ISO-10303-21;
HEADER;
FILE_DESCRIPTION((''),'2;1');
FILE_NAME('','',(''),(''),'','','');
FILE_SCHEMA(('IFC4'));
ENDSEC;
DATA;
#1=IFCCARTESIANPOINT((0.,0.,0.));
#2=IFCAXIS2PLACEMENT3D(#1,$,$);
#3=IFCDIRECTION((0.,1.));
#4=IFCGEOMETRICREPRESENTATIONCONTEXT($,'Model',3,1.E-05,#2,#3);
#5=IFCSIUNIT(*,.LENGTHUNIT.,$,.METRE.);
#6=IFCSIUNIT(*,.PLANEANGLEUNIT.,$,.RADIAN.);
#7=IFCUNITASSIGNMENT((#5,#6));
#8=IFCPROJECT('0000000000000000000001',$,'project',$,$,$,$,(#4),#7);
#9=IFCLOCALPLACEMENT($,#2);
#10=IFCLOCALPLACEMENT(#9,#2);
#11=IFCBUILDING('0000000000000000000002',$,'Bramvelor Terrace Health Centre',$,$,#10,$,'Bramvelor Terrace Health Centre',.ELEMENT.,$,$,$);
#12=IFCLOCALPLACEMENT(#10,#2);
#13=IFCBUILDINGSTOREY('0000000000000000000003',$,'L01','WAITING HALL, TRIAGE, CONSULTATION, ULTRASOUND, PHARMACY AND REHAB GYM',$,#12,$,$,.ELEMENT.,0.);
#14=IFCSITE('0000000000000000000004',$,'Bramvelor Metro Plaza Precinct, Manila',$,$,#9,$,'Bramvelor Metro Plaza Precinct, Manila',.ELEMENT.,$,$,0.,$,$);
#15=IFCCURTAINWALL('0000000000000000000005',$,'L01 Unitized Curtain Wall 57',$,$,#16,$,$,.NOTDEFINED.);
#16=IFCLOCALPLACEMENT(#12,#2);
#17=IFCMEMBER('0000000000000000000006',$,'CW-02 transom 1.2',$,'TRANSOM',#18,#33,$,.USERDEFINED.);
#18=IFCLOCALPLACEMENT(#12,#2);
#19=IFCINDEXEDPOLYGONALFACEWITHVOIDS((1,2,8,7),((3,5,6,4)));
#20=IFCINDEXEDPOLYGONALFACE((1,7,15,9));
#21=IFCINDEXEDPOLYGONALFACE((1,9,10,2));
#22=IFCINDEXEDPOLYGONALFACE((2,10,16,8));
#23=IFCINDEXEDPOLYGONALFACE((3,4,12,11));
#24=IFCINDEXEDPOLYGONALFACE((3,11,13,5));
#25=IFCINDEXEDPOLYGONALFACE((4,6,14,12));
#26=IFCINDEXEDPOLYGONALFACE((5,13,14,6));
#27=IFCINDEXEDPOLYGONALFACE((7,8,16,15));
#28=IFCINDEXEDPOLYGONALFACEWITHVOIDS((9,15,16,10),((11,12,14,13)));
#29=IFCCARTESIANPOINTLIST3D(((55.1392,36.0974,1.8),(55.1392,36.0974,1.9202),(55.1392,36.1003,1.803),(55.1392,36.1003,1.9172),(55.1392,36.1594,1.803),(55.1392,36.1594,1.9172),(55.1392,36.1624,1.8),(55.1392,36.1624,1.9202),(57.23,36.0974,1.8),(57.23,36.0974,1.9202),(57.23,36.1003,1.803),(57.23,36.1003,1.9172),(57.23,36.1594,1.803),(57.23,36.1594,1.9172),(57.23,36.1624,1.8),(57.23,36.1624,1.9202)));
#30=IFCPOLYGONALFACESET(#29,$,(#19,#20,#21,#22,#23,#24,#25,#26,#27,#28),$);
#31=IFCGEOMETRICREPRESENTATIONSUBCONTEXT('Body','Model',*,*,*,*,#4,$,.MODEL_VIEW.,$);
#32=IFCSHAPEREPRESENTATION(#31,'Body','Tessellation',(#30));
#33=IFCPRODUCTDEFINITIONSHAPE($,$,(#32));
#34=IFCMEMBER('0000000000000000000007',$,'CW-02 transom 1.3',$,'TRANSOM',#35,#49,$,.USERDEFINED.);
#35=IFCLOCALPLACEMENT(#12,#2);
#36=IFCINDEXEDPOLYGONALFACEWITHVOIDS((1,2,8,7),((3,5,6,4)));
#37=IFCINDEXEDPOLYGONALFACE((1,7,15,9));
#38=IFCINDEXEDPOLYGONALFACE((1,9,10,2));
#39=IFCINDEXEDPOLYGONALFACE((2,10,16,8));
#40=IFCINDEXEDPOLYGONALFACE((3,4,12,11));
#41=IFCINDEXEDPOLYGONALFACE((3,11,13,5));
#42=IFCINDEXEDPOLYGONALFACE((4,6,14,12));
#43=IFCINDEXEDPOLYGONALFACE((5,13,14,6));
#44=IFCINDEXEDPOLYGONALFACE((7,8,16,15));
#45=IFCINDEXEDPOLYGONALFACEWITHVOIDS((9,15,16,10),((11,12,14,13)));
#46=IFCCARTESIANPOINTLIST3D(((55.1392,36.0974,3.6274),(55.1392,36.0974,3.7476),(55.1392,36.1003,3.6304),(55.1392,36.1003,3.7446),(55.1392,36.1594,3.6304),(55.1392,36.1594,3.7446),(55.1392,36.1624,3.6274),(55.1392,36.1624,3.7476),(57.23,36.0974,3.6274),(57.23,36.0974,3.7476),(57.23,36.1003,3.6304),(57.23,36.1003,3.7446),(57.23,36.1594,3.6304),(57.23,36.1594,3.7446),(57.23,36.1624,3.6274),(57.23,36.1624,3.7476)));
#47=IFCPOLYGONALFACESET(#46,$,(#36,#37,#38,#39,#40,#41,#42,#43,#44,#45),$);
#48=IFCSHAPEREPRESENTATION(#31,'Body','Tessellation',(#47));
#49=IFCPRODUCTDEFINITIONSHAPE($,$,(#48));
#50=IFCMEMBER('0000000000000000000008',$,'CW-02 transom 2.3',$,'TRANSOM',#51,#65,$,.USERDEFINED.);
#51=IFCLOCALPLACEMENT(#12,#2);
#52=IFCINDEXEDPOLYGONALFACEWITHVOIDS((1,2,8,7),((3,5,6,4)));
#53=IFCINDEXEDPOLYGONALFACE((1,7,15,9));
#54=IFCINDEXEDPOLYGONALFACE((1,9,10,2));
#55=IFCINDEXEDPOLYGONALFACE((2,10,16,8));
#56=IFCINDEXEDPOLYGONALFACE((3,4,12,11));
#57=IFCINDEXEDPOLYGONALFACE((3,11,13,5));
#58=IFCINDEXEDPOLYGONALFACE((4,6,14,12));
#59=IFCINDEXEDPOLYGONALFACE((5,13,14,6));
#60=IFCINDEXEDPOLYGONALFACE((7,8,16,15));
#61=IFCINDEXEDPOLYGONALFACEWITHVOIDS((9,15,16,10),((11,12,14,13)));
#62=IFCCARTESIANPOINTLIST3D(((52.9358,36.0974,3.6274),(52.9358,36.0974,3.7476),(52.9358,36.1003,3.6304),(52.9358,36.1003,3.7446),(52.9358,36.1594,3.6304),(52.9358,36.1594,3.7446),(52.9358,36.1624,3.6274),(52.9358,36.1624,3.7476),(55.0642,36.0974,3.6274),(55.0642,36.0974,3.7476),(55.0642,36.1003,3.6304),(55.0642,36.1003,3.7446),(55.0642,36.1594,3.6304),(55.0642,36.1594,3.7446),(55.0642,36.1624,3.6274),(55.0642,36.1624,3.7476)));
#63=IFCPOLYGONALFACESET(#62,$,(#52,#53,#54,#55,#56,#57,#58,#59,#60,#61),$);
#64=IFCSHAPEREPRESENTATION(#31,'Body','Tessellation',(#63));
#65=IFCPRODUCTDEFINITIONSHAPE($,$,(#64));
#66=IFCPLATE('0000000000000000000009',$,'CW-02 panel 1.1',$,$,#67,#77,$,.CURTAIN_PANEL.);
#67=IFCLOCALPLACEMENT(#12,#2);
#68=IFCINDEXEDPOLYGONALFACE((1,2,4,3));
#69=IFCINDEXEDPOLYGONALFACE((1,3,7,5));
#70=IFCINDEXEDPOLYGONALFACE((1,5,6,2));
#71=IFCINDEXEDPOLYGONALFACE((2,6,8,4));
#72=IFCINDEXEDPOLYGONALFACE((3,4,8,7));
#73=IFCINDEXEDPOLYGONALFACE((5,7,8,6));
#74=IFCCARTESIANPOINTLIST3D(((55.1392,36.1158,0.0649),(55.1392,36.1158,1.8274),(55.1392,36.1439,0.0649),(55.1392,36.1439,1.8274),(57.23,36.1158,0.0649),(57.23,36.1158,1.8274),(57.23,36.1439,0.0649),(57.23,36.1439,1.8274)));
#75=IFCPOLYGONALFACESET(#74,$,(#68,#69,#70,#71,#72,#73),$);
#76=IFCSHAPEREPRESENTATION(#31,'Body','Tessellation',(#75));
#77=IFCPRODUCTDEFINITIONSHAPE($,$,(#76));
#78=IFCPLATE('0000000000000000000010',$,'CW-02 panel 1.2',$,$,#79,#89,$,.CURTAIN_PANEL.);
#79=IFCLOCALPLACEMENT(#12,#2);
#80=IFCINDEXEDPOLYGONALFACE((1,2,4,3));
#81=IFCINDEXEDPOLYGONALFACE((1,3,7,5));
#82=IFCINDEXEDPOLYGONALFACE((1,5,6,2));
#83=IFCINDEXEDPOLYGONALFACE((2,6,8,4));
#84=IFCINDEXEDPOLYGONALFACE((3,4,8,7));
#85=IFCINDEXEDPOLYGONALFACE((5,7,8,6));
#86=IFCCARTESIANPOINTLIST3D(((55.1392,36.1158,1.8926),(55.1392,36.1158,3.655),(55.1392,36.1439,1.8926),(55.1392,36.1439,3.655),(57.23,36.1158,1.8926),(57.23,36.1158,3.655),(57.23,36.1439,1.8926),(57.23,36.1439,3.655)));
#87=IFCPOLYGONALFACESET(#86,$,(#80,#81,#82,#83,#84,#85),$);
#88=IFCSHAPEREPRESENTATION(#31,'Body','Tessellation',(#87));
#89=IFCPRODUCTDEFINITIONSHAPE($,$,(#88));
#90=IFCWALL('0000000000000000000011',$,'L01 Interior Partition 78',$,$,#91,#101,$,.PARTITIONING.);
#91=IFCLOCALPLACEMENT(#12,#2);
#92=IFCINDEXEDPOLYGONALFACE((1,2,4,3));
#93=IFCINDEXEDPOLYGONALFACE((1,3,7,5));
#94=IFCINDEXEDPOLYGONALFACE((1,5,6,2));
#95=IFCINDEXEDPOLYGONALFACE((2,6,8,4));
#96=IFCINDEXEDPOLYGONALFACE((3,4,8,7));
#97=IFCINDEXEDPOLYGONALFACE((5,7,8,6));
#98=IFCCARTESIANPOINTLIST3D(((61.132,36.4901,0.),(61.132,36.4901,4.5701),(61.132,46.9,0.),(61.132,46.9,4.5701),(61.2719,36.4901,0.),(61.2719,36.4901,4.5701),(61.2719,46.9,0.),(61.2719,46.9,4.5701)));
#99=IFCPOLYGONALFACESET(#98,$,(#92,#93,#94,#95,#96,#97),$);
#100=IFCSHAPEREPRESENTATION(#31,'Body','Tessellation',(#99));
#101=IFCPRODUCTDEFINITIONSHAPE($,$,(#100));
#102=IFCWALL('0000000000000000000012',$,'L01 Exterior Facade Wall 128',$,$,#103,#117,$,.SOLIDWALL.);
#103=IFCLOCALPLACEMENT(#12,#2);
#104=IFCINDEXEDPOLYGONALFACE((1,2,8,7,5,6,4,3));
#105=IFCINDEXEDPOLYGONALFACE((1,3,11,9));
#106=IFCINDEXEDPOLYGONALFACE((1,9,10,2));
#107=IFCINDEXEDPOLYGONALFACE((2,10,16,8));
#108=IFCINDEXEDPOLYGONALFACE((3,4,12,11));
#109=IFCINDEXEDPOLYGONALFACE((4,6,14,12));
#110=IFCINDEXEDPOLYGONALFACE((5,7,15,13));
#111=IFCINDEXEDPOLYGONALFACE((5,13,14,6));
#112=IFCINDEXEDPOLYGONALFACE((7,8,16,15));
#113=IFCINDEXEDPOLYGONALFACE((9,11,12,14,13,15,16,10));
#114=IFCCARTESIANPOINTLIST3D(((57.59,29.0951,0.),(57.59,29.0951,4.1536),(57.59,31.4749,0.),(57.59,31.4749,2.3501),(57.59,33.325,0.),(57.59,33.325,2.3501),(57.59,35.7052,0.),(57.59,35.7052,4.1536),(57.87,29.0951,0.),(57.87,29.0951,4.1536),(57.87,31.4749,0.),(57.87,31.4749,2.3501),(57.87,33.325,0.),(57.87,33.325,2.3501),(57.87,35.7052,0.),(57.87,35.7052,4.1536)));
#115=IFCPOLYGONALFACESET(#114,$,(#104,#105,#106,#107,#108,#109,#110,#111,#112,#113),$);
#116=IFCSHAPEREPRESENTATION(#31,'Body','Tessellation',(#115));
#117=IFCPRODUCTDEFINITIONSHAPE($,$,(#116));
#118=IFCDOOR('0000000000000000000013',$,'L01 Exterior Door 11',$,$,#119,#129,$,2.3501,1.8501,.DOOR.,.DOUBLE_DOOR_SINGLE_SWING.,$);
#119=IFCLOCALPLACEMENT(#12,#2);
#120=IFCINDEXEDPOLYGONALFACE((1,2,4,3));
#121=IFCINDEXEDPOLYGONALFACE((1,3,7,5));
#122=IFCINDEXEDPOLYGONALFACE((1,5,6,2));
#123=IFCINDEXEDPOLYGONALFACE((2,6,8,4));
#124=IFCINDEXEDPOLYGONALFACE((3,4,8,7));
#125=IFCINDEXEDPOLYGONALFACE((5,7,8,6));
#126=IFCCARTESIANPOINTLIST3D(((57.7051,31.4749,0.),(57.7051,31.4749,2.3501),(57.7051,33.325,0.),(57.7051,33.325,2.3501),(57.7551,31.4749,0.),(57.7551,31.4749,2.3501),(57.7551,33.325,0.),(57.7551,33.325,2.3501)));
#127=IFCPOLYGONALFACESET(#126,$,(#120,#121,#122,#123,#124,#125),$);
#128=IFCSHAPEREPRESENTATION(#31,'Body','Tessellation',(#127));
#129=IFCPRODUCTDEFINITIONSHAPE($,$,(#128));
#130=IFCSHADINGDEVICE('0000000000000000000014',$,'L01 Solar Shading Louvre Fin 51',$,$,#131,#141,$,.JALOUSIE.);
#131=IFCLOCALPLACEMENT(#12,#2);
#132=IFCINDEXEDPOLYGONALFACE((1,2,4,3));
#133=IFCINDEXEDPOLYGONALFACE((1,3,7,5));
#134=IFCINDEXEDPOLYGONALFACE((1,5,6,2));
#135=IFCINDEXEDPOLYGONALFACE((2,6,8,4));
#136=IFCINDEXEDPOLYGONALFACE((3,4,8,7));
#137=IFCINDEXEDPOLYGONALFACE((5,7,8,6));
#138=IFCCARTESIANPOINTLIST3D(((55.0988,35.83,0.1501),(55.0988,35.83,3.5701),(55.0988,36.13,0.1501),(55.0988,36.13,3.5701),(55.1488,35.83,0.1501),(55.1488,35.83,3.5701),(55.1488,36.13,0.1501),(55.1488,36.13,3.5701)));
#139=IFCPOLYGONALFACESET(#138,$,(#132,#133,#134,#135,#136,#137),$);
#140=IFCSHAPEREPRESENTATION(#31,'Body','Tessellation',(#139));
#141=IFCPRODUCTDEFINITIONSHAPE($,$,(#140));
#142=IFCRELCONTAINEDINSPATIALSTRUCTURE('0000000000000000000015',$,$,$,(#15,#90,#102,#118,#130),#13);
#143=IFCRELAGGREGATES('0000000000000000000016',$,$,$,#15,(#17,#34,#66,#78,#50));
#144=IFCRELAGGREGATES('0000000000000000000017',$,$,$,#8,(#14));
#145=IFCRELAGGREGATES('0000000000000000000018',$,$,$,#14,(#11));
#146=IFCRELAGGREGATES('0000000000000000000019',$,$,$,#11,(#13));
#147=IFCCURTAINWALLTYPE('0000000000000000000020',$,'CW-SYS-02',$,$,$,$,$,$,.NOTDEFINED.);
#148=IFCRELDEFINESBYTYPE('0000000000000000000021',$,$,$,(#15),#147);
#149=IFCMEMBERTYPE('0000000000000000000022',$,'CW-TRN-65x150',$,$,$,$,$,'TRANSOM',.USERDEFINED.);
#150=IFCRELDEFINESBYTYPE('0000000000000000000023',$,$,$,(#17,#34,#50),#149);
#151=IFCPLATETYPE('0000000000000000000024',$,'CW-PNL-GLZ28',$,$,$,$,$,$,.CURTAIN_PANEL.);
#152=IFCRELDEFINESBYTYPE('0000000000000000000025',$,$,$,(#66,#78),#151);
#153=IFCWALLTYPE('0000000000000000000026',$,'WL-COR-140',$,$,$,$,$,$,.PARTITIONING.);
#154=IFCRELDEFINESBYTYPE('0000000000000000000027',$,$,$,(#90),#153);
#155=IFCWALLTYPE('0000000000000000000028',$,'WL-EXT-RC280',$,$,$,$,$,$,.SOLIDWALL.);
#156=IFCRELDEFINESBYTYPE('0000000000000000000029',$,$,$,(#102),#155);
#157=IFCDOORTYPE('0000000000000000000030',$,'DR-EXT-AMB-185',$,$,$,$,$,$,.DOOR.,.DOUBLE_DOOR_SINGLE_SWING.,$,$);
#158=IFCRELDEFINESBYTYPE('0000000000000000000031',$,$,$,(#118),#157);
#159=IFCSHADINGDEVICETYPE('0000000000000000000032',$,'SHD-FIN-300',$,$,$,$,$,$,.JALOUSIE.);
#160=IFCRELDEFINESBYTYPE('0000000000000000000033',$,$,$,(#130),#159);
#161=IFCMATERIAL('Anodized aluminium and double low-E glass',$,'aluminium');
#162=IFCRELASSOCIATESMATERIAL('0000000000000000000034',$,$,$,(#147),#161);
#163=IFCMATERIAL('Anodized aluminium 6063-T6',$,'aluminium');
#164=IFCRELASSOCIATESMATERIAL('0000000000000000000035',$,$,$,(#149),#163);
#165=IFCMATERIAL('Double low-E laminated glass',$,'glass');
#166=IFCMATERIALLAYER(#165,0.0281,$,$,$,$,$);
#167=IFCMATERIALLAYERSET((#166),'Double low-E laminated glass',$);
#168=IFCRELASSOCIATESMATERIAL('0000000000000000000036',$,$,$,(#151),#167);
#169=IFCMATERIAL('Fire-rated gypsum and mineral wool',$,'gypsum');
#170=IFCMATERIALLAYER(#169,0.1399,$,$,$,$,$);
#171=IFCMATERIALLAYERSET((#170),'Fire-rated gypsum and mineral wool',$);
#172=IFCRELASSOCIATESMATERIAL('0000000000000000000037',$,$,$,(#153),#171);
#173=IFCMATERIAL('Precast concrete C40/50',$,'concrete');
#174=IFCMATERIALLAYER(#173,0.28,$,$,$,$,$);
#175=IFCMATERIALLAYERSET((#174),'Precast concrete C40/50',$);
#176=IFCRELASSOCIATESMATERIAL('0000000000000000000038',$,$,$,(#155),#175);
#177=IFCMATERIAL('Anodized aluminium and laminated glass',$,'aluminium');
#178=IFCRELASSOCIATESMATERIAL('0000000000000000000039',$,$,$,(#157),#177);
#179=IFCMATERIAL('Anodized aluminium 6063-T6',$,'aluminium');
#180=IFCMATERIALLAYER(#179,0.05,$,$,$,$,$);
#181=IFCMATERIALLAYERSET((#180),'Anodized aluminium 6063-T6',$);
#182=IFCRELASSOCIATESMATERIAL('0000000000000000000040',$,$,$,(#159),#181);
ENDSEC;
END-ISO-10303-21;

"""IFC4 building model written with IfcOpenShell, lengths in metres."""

from ifc_helpers import new_model, si_unit, direction, frame, frame_2d, origin, origin_2d, place, context, subcontext, project, spatial, rectangle, hollow_rectangle, extrude, material, layer, layer_set, material_profile, profile_set, type_object, element, fill, aggregate, save


model = new_model("IFC4")

# Units and contexts
model_context = context("Model", 3, precision=1e-05, world=origin(), true_north=direction((0.0, 1.0)))
body_context = subcontext(model_context, "Body", "Model", "MODEL_VIEW")
ifc_project = project(units=[si_unit("LENGTHUNIT", "METRE"), si_unit("PLANEANGLEUNIT", "RADIAN")], contexts=[model_context])

# Site, building, storey
site_placement = place(None, origin())
site = spatial("IfcSite", under=ifc_project, at=site_placement, Name="Bramvelor Metro Plaza Precinct, Manila", LongName="Bramvelor Metro Plaza Precinct, Manila", CompositionType="ELEMENT", RefElevation=0.0)
building_placement = place(site_placement, origin())
building = spatial("IfcBuilding", under=site, at=building_placement, Name="Bramvelor Terrace Health Centre", LongName="Bramvelor Terrace Health Centre", CompositionType="ELEMENT")
storey_placement = place(building_placement, origin())
storey = spatial("IfcBuildingStorey", under=building, at=storey_placement, Name="L01", Description="WAITING HALL, TRIAGE, CONSULTATION, ULTRASOUND, PHARMACY AND REHAB GYM", CompositionType="ELEMENT", Elevation=0.0)

# Curtain wall, members, plates
ifc_material_1 = material(Name="Anodized aluminium and double low-E glass", Category="aluminium")
curtain_wall_type = type_object("IfcCurtainWallType", Name="CW-SYS-02", PredefinedType="NOTDEFINED", material=ifc_material_1)
curtain_wall_placement = place(storey_placement, origin())
curtain_wall = element("IfcCurtainWall", 1, at=curtain_wall_placement, inside=storey, type_object=curtain_wall_type, Name="L01 Unitized Curtain Wall 57", PredefinedType="NOTDEFINED")
ifc_material_2 = material(Name="Anodized aluminium 6063-T6", Category="aluminium")
ifc_material_profile_1 = material_profile(ifc_material_2, hollow_rectangle(XDim=0.0649, YDim=0.1201, WallThickness=0.0029, at=origin_2d()), Name="ALU-TRN 65x120x3.0")
ifc_profile_set_1 = profile_set([ifc_material_profile_1], Name="Anodized aluminium 6063-T6")
member_type_1 = type_object("IfcMemberType", Name="CW-TRN-65x150", ElementType="TRANSOM", PredefinedType="USERDEFINED", material=ifc_profile_set_1)
member_1_placement = place(storey_placement, frame((57.23, 36.1299, 1.8601), z_axis=(-1.0, 0.0, 0.0), x_axis=(0.0, -1.0, 0.0)))
member_1 = element("IfcMember", 2, at=member_1_placement, type_object=member_type_1, Name="CW-02 transom 1.2", ObjectType="TRANSOM", PredefinedType="USERDEFINED", context=body_context, shape_type="SweptSolid", body=[
    extrude(hollow_rectangle(XDim=0.0649, YDim=0.1201, WallThickness=0.0029, at=origin_2d()), origin(), (0.0, 0.0, 1.0), 2.0908),
])
member_2_placement = place(storey_placement, frame((57.23, 36.1299, 3.6875), z_axis=(-1.0, 0.0, 0.0), x_axis=(0.0, -1.0, 0.0)))
member_2 = element("IfcMember", 3, at=member_2_placement, type_object=member_type_1, Name="CW-02 transom 1.3", ObjectType="TRANSOM", PredefinedType="USERDEFINED", context=body_context, shape_type="SweptSolid", body=[
    extrude(hollow_rectangle(XDim=0.0649, YDim=0.1201, WallThickness=0.0029, at=origin_2d()), origin(), (0.0, 0.0, 1.0), 2.0908),
])
member_3_placement = place(storey_placement, frame((55.0642, 36.1299, 3.6875), z_axis=(-1.0, 0.0, 0.0), x_axis=(0.0, -1.0, 0.0)))
member_3 = element("IfcMember", 4, at=member_3_placement, type_object=member_type_1, Name="CW-02 transom 2.3", ObjectType="TRANSOM", PredefinedType="USERDEFINED", context=body_context, shape_type="SweptSolid", body=[
    extrude(hollow_rectangle(XDim=0.0649, YDim=0.1201, WallThickness=0.0029, at=origin_2d()), origin(), (0.0, 0.0, 1.0), 2.1284),
])
ifc_material_3 = material(Name="Double low-E laminated glass", Category="glass")
ifc_layer_1 = layer(ifc_material_3, 0.0281)
ifc_layer_set_1 = layer_set([ifc_layer_1], Name="Double low-E laminated glass")
plate_type = type_object("IfcPlateType", Name="CW-PNL-GLZ28", PredefinedType="CURTAIN_PANEL", material=ifc_layer_set_1)
plate_1_placement = place(storey_placement, frame((56.1846, 36.1299, 0.0649), z_axis=(0.0, 0.0, 1.0), x_axis=(-1.0, 0.0, 0.0)))
plate_1 = element("IfcPlate", 5, at=plate_1_placement, type_object=plate_type, Name="CW-02 panel 1.1", PredefinedType="CURTAIN_PANEL", context=body_context, shape_type="SweptSolid", body=[
    extrude(rectangle(XDim=2.0908, YDim=0.0281, at=origin_2d()), origin(), (0.0, 0.0, 1.0), 1.7625),
])
plate_2_placement = place(storey_placement, frame((56.1846, 36.1299, 1.8926), z_axis=(0.0, 0.0, 1.0), x_axis=(-1.0, 0.0, 0.0)))
plate_2 = element("IfcPlate", 6, at=plate_2_placement, type_object=plate_type, Name="CW-02 panel 1.2", PredefinedType="CURTAIN_PANEL", context=body_context, shape_type="SweptSolid", body=[
    extrude(rectangle(XDim=2.0908, YDim=0.0281, at=origin_2d()), origin(), (0.0, 0.0, 1.0), 1.7625),
])
aggregate(curtain_wall, [member_1, member_2, plate_1, plate_2, member_3])

# Wall
ifc_material_4 = material(Name="Fire-rated gypsum and mineral wool", Category="gypsum")
ifc_layer_2 = layer(ifc_material_4, 0.1399)
ifc_layer_set_2 = layer_set([ifc_layer_2], Name="Fire-rated gypsum and mineral wool")
wall_type_1 = type_object("IfcWallType", Name="WL-COR-140", PredefinedType="PARTITIONING", material=ifc_layer_set_2)
wall_1_placement = place(storey_placement, frame((61.2019, 36.49, 0.0), z_axis=(0.0, 0.0, 1.0), x_axis=(0.0, 1.0, 0.0)))
element("IfcWall", 7, at=wall_1_placement, inside=storey, type_object=wall_type_1, Name="L01 Interior Partition 78", PredefinedType="PARTITIONING", context=body_context, shape_type="SweptSolid", body=[
    extrude(rectangle(XDim=10.4099, YDim=0.1399, at=frame_2d((5.2051, 0.0))), origin(), (0.0, 0.0, 1.0), 4.5701),
])

# Wall, opening, door
ifc_material_5 = material(Name="Precast concrete C40/50", Category="concrete")
ifc_layer_3 = layer(ifc_material_5, 0.28)
ifc_layer_set_3 = layer_set([ifc_layer_3], Name="Precast concrete C40/50")
wall_type_2 = type_object("IfcWallType", Name="WL-EXT-RC280", PredefinedType="SOLIDWALL", material=ifc_layer_set_3)
wall_2_placement = place(storey_placement, frame((57.73, 29.095, 0.0), z_axis=(0.0, 0.0, 1.0), x_axis=(0.0, 1.0, 0.0)))
wall_2 = element("IfcWall", 8, at=wall_2_placement, inside=storey, type_object=wall_type_2, Name="L01 Exterior Facade Wall 128", PredefinedType="SOLIDWALL", context=body_context, shape_type="SweptSolid", body=[
    extrude(rectangle(XDim=6.6101, YDim=0.28, at=frame_2d((3.3052, 0.0))), origin(), (0.0, 0.0, 1.0), 4.1536),
])
opening_placement = place(wall_2_placement, frame((2.3799, 0.0, 0.0)))
opening = element("IfcOpeningElement", 9, at=opening_placement, cuts=wall_2, PredefinedType="OPENING", context=body_context, shape_type="SweptSolid", body=[
    extrude(rectangle(XDim=1.8501, YDim=2.3501, at=frame_2d((0.925, 1.175))), frame((0.0, 0.1499, 0.0), z_axis=(0.0, -1.0, 0.0), x_axis=(1.0, 0.0, 0.0)), (0.0, 0.0, 1.0), 0.3),
])
ifc_material_6 = material(Name="Anodized aluminium and laminated glass", Category="aluminium")
door_type = type_object("IfcDoorType", Name="DR-EXT-AMB-185", OperationType="DOUBLE_DOOR_SINGLE_SWING", PredefinedType="DOOR", material=ifc_material_6)
door_placement = place(opening_placement, origin())
door = element("IfcDoor", 10, at=door_placement, inside=storey, type_object=door_type, Name="L01 Exterior Door 11", OperationType="DOUBLE_DOOR_SINGLE_SWING", OverallHeight=2.3501, OverallWidth=1.8501, PredefinedType="DOOR", context=body_context, shape_type="SweptSolid", body=[
    extrude(rectangle(XDim=1.8501, YDim=2.3501, at=frame_2d((0.925, 1.175))), frame((0.0, 0.0249, 0.0), z_axis=(0.0, -1.0, 0.0), x_axis=(1.0, 0.0, 0.0)), (0.0, 0.0, 1.0), 0.05),
])
fill(opening, door)

# Shading device
ifc_material_7 = material(Name="Anodized aluminium 6063-T6", Category="aluminium")
ifc_layer_4 = layer(ifc_material_7, 0.05)
ifc_layer_set_4 = layer_set([ifc_layer_4], Name="Anodized aluminium 6063-T6")
shading_device_type = type_object("IfcShadingDeviceType", Name="SHD-FIN-300", PredefinedType="JALOUSIE", material=ifc_layer_set_4)
shading_device_placement = place(storey_placement, frame((55.1238, 35.98, 0.1501), z_axis=(0.0, 0.0, 1.0), x_axis=(1.0, 0.0, 0.0)))
element("IfcShadingDevice", 11, at=shading_device_placement, inside=storey, type_object=shading_device_type, Name="L01 Solar Shading Louvre Fin 51", PredefinedType="JALOUSIE", context=body_context, shape_type="SweptSolid", body=[
    extrude(rectangle(XDim=0.05, YDim=0.3, at=origin_2d()), origin(), (0.0, 0.0, 1.0), 3.4199),
])

save(model, "model.ifc")
